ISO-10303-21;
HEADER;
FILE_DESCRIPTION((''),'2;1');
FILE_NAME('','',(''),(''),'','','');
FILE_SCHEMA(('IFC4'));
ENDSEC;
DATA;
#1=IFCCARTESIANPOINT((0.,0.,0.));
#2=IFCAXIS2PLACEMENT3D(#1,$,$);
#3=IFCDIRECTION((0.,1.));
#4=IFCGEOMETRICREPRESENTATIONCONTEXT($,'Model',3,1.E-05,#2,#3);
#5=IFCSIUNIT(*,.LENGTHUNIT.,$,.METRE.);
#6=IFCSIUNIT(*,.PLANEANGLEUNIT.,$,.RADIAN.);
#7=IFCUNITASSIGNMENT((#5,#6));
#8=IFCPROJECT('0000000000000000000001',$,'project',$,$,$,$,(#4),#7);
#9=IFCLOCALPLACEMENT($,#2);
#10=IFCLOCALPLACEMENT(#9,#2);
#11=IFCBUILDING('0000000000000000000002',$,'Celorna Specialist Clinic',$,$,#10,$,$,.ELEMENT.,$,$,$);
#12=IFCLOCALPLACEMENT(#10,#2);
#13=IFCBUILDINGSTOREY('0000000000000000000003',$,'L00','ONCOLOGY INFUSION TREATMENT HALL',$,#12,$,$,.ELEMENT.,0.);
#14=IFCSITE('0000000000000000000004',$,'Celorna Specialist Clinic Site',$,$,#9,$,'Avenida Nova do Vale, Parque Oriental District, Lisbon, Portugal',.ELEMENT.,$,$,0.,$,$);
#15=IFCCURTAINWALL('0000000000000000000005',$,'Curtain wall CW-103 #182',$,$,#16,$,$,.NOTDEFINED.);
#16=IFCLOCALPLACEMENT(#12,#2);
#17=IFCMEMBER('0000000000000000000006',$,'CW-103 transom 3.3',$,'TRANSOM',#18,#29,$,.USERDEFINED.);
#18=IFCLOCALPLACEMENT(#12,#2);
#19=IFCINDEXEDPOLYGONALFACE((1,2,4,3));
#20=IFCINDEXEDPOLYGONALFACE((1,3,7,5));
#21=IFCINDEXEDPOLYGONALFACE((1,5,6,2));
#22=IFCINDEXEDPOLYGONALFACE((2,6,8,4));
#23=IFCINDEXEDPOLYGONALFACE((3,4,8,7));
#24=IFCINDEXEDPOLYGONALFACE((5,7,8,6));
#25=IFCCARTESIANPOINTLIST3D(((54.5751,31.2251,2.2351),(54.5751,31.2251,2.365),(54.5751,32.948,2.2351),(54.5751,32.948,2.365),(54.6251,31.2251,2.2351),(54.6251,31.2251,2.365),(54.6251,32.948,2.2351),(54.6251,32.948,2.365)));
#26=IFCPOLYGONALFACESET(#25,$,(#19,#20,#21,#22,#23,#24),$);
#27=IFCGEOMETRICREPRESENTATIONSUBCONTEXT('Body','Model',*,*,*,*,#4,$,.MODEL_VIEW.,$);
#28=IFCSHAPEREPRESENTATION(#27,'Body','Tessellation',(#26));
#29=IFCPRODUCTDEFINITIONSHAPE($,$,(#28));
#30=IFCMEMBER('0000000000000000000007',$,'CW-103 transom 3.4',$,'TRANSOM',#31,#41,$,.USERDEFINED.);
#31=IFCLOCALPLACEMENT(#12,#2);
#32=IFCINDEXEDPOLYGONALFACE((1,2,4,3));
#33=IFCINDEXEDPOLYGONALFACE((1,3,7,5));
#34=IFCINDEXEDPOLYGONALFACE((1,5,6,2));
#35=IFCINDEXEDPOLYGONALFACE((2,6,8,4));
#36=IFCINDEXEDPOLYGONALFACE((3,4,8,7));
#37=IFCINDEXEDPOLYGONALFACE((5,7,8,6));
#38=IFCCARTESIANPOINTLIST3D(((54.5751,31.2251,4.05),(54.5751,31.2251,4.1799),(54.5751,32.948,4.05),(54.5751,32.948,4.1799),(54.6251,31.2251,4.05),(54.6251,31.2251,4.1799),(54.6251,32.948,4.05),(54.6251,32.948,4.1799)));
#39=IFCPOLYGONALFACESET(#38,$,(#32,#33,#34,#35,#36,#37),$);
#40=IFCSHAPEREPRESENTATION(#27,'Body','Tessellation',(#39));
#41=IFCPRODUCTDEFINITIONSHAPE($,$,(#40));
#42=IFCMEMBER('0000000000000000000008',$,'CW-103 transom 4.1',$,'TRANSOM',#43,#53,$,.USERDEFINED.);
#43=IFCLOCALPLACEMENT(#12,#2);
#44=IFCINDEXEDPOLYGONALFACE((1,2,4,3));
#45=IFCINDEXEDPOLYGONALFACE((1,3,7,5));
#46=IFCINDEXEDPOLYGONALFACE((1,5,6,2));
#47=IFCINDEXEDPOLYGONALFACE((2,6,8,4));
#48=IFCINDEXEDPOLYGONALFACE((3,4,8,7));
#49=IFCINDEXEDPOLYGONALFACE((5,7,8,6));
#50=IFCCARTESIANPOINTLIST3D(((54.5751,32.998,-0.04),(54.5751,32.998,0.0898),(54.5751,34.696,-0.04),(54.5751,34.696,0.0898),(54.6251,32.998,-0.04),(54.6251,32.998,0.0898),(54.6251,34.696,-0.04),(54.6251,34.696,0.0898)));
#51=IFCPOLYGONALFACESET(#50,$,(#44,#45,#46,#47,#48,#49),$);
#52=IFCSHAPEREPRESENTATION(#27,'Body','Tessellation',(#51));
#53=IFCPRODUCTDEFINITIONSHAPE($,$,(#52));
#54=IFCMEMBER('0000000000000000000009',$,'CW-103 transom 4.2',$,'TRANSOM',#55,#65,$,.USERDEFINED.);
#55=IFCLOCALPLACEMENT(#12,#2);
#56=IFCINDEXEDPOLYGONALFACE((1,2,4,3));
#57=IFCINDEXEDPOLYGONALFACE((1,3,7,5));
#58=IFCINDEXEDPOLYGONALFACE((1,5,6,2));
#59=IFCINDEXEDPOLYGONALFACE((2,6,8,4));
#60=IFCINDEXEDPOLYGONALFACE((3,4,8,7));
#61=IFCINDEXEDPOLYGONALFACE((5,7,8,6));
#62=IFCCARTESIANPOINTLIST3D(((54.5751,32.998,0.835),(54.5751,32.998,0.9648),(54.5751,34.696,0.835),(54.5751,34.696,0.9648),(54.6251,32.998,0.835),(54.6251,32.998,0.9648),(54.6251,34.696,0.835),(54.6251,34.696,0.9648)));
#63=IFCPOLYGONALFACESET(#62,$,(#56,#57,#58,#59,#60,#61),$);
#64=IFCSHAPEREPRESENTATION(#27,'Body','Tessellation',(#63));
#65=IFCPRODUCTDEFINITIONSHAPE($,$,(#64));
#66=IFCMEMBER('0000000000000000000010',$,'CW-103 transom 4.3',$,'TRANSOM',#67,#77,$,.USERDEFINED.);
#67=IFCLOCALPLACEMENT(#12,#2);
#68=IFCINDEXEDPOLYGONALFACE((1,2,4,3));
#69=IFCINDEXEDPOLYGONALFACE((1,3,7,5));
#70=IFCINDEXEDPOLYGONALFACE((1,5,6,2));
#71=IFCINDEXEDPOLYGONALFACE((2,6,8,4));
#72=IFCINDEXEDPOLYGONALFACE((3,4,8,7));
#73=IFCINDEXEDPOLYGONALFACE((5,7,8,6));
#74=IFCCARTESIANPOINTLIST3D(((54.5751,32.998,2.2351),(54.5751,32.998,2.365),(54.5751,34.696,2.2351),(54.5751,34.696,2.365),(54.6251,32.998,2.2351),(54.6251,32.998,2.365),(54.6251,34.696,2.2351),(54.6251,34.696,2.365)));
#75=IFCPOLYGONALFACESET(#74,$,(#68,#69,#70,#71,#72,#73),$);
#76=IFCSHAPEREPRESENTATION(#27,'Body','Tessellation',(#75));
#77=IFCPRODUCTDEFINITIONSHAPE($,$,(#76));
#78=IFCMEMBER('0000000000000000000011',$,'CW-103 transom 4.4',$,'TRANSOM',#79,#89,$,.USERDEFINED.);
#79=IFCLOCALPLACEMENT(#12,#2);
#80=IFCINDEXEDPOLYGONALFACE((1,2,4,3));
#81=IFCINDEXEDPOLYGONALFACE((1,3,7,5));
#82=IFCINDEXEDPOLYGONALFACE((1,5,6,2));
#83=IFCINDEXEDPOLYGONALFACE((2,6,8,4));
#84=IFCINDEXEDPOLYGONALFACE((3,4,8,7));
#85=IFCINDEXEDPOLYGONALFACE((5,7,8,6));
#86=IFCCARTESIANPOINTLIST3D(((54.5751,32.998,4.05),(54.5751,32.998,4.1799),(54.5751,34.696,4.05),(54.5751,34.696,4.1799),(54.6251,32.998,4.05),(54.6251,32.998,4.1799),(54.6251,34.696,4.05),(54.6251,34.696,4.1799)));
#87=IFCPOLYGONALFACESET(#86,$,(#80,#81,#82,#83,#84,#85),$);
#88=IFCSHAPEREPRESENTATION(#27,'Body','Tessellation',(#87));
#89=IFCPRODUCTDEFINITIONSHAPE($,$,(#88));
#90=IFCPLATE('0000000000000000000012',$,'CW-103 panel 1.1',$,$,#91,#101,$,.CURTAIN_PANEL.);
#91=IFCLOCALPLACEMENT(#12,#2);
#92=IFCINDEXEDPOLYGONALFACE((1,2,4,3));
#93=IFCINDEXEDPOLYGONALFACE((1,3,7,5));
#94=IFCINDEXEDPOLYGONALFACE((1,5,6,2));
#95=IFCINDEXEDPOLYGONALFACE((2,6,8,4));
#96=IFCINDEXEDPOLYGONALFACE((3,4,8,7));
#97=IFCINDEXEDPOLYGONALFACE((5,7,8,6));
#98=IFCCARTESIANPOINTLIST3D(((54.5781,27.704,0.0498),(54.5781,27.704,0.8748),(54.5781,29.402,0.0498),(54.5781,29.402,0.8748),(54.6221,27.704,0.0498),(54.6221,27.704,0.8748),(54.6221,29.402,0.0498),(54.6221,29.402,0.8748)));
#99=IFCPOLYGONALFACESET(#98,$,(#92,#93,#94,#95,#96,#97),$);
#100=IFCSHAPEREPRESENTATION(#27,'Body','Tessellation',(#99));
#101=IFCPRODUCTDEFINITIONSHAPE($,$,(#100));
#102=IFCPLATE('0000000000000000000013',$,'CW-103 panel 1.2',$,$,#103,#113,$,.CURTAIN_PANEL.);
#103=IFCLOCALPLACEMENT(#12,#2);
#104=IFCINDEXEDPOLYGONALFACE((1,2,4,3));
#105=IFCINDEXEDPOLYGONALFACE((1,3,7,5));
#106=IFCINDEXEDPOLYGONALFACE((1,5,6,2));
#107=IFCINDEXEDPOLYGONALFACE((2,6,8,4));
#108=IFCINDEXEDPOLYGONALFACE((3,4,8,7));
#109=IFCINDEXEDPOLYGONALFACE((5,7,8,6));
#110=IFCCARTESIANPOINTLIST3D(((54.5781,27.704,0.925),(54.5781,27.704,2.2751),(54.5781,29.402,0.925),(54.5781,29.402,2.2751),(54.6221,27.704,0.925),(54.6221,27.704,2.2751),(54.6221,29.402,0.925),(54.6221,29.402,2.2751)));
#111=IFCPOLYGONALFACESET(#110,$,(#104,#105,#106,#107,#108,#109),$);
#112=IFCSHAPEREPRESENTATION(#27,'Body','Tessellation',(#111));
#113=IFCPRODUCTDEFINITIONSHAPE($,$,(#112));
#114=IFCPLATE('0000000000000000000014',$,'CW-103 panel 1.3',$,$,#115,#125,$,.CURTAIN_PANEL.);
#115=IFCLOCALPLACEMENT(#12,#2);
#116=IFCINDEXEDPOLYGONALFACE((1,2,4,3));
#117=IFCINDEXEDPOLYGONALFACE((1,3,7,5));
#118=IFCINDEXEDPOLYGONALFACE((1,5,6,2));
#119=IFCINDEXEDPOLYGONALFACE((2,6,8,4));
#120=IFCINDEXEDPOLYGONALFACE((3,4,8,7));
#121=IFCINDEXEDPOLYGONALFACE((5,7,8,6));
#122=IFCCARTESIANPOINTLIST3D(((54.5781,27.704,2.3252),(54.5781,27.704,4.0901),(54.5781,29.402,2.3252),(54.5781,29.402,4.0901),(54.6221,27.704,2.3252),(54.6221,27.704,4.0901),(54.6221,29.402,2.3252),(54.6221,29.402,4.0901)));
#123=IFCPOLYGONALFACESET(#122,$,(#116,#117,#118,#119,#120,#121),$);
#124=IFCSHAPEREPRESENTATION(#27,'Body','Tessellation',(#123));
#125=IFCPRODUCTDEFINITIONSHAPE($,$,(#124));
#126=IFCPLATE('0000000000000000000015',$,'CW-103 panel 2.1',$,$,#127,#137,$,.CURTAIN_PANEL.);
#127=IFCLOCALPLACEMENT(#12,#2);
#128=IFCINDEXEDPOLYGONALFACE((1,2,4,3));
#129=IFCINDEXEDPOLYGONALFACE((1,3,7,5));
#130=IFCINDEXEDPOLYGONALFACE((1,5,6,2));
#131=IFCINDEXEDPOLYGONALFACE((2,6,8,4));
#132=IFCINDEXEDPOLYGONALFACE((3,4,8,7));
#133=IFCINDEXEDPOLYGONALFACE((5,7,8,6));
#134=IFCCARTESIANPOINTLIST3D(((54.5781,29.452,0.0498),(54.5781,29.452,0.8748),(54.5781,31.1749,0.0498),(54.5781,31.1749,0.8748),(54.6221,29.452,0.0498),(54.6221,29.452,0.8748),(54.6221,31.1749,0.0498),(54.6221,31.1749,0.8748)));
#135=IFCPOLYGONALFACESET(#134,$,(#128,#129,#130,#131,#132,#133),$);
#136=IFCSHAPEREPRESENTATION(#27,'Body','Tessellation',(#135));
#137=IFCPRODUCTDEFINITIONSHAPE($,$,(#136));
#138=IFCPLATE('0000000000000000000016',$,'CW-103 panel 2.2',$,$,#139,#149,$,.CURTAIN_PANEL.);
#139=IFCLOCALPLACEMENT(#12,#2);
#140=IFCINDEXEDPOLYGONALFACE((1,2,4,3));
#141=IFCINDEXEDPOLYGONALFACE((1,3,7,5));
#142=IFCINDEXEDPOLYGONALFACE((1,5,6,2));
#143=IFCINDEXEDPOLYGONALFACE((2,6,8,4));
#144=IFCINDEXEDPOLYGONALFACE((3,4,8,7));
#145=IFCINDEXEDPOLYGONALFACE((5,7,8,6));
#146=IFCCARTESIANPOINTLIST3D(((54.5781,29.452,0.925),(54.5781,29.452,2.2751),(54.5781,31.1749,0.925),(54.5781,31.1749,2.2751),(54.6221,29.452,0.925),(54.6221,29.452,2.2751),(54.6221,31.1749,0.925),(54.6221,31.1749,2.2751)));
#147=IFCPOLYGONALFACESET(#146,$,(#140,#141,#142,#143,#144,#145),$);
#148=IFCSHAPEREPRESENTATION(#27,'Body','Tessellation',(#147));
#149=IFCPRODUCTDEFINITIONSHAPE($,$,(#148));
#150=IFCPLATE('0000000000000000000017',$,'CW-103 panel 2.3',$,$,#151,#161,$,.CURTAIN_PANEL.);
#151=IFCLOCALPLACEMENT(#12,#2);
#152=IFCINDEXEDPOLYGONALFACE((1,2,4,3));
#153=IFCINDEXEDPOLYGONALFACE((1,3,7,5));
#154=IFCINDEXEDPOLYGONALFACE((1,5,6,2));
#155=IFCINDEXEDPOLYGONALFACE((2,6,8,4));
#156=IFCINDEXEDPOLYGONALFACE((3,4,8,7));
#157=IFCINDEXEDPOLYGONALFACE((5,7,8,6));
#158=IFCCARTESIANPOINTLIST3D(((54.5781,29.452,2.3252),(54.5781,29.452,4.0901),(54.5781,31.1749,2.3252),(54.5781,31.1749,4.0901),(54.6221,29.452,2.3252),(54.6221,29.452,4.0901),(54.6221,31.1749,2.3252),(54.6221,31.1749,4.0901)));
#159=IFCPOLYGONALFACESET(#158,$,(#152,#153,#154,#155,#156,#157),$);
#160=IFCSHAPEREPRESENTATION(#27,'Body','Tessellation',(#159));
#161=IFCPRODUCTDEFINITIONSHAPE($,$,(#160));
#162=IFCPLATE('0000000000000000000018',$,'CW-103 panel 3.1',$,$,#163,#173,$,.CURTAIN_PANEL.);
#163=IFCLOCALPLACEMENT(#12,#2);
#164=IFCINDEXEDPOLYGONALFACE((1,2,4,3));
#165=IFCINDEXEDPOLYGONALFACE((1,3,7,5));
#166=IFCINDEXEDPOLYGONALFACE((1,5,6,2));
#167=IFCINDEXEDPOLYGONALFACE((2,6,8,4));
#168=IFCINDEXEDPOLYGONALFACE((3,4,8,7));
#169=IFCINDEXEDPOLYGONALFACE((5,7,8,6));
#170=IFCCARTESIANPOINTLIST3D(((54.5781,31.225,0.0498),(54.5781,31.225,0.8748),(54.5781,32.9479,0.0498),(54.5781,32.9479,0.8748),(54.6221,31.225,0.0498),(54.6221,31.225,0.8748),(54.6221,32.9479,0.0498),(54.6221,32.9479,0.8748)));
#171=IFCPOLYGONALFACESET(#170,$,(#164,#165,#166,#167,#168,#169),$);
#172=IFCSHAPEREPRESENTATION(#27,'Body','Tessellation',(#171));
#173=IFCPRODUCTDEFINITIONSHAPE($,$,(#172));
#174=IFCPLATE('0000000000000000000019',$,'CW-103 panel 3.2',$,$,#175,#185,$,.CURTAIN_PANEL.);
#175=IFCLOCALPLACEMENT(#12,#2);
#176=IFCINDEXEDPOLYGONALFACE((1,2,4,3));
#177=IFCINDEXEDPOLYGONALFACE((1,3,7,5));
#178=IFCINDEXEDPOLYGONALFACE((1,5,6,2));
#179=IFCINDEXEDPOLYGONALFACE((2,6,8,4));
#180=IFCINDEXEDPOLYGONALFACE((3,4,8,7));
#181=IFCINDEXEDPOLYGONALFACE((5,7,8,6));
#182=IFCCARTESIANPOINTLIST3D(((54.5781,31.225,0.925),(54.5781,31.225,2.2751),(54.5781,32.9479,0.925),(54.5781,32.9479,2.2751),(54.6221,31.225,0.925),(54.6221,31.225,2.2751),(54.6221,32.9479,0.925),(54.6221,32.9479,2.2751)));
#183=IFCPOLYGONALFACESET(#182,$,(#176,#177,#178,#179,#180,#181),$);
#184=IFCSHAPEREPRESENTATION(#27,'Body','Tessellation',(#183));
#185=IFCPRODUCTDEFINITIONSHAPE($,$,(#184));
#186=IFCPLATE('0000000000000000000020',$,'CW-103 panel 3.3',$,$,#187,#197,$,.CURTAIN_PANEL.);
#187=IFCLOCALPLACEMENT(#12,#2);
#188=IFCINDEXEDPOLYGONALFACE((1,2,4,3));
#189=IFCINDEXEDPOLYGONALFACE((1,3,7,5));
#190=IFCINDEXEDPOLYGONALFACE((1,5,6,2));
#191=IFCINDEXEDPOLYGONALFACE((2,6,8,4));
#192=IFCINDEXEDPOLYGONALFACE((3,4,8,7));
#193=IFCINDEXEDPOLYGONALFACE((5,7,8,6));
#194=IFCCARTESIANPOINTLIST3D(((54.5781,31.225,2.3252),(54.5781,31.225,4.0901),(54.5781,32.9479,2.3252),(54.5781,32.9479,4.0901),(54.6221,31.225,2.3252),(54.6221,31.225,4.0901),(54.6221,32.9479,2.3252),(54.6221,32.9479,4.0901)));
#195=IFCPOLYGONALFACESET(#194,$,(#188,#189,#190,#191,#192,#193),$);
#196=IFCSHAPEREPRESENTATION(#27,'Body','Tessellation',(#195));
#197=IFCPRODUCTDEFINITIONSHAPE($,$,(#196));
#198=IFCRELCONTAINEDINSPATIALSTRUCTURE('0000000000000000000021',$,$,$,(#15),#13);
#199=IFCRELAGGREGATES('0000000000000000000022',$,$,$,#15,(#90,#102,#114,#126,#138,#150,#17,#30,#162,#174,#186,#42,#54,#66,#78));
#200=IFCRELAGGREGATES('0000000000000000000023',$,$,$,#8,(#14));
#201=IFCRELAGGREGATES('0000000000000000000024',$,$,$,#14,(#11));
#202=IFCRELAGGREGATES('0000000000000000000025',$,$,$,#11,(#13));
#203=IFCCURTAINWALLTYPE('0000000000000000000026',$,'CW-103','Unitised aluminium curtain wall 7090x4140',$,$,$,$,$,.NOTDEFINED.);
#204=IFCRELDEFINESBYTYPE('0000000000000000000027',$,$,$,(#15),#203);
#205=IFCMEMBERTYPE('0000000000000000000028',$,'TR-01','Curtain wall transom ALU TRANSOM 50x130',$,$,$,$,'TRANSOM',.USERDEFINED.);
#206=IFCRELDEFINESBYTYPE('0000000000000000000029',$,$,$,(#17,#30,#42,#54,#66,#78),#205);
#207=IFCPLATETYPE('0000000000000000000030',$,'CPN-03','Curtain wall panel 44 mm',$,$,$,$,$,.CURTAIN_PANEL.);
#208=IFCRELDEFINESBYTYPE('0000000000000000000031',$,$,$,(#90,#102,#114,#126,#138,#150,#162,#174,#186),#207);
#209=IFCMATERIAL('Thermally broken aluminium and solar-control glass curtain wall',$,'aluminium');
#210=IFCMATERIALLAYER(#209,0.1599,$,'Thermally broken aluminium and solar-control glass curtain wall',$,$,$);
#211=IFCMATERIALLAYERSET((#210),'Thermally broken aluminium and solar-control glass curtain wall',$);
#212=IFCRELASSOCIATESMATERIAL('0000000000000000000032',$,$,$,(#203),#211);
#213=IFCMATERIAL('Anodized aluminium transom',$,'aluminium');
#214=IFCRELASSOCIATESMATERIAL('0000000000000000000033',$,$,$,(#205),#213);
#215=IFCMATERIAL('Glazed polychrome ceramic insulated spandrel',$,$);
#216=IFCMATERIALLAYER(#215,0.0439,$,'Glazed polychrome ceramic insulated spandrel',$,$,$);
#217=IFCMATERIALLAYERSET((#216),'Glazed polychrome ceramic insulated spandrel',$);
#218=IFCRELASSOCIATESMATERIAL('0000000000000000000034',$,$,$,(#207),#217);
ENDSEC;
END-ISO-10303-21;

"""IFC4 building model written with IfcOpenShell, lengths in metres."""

from ifc_helpers import new_model, si_unit, direction, frame, origin, origin_2d, place, context, subcontext, project, spatial, rectangle, extrude, material, layer, layer_set, material_profile, profile_set, type_object, element, aggregate, save


model = new_model("IFC4")

# Units and contexts
model_context = context("Model", 3, precision=1e-05, world=origin(), true_north=direction((0.0, 1.0)))
body_context = subcontext(model_context, "Body", "Model", "MODEL_VIEW")
ifc_project = project(units=[si_unit("LENGTHUNIT", "METRE"), si_unit("PLANEANGLEUNIT", "RADIAN")], contexts=[model_context])

# Site, building, storey
site_placement = place(None, origin())
site = spatial("IfcSite", under=ifc_project, at=site_placement, Name="Celorna Specialist Clinic Site", LongName="Avenida Nova do Vale, Parque Oriental District, Lisbon, Portugal", CompositionType="ELEMENT", RefElevation=0.0)
building_placement = place(site_placement, origin())
building = spatial("IfcBuilding", under=site, at=building_placement, Name="Celorna Specialist Clinic", CompositionType="ELEMENT")
storey_placement = place(building_placement, origin())
storey = spatial("IfcBuildingStorey", under=building, at=storey_placement, Name="L00", Description="ONCOLOGY INFUSION TREATMENT HALL", CompositionType="ELEMENT", Elevation=0.0)

# Curtain wall, members, plates
ifc_material_1 = material(Name="Thermally broken aluminium and solar-control glass curtain wall", Category="aluminium")
ifc_layer_1 = layer(ifc_material_1, 0.1599, Name="Thermally broken aluminium and solar-control glass curtain wall")
ifc_layer_set_1 = layer_set([ifc_layer_1], Name="Thermally broken aluminium and solar-control glass curtain wall")
curtain_wall_type = type_object("IfcCurtainWallType", Name="CW-103", Description="Unitised aluminium curtain wall 7090x4140", PredefinedType="NOTDEFINED", material=ifc_layer_set_1)
curtain_wall_placement = place(storey_placement, origin())
curtain_wall = element("IfcCurtainWall", 1, at=curtain_wall_placement, inside=storey, type_object=curtain_wall_type, Name="Curtain wall CW-103 #182", PredefinedType="NOTDEFINED")
ifc_material_2 = material(Name="Anodized aluminium transom", Category="aluminium")
ifc_material_profile_1 = material_profile(ifc_material_2, rectangle(XDim=0.05, YDim=0.1299, at=origin_2d()), Name="ALU TRANSOM 50x130")
ifc_profile_set_1 = profile_set([ifc_material_profile_1], Name="Anodized aluminium transom")
member_type_1 = type_object("IfcMemberType", Name="TR-01", Description="Curtain wall transom ALU TRANSOM 50x130", ElementType="TRANSOM", PredefinedType="USERDEFINED", material=ifc_profile_set_1)
member_1_placement = place(storey_placement, frame((54.6001, 31.2251, 2.3), z_axis=(0.0, 1.0, 0.0), x_axis=(-1.0, 0.0, 0.0)))
member_1 = element("IfcMember", 2, at=member_1_placement, type_object=member_type_1, Name="CW-103 transom 3.3", ObjectType="TRANSOM", PredefinedType="USERDEFINED", context=body_context, shape_type="SweptSolid", body=[
    extrude(rectangle(XDim=0.05, YDim=0.1299, at=origin_2d()), origin(), (0.0, 0.0, 1.0), 1.7229),
])
member_2_placement = place(storey_placement, frame((54.6001, 31.2251, 4.115), z_axis=(0.0, 1.0, 0.0), x_axis=(-1.0, 0.0, 0.0)))
member_2 = element("IfcMember", 3, at=member_2_placement, type_object=member_type_1, Name="CW-103 transom 3.4", ObjectType="TRANSOM", PredefinedType="USERDEFINED", context=body_context, shape_type="SweptSolid", body=[
    extrude(rectangle(XDim=0.05, YDim=0.1299, at=origin_2d()), origin(), (0.0, 0.0, 1.0), 1.7229),
])
member_3_placement = place(storey_placement, frame((54.6001, 32.998, 0.0249), z_axis=(0.0, 1.0, 0.0), x_axis=(-1.0, 0.0, 0.0)))
member_3 = element("IfcMember", 4, at=member_3_placement, type_object=member_type_1, Name="CW-103 transom 4.1", ObjectType="TRANSOM", PredefinedType="USERDEFINED", context=body_context, shape_type="SweptSolid", body=[
    extrude(rectangle(XDim=0.05, YDim=0.1299, at=origin_2d()), origin(), (0.0, 0.0, 1.0), 1.698),
])
member_4_placement = place(storey_placement, frame((54.6001, 32.998, 0.8999), z_axis=(0.0, 1.0, 0.0), x_axis=(-1.0, 0.0, 0.0)))
member_4 = element("IfcMember", 5, at=member_4_placement, type_object=member_type_1, Name="CW-103 transom 4.2", ObjectType="TRANSOM", PredefinedType="USERDEFINED", context=body_context, shape_type="SweptSolid", body=[
    extrude(rectangle(XDim=0.05, YDim=0.1299, at=origin_2d()), origin(), (0.0, 0.0, 1.0), 1.698),
])
member_5_placement = place(storey_placement, frame((54.6001, 32.998, 2.3), z_axis=(0.0, 1.0, 0.0), x_axis=(-1.0, 0.0, 0.0)))
member_5 = element("IfcMember", 6, at=member_5_placement, type_object=member_type_1, Name="CW-103 transom 4.3", ObjectType="TRANSOM", PredefinedType="USERDEFINED", context=body_context, shape_type="SweptSolid", body=[
    extrude(rectangle(XDim=0.05, YDim=0.1299, at=origin_2d()), origin(), (0.0, 0.0, 1.0), 1.698),
])
member_6_placement = place(storey_placement, frame((54.6001, 32.998, 4.115), z_axis=(0.0, 1.0, 0.0), x_axis=(-1.0, 0.0, 0.0)))
member_6 = element("IfcMember", 7, at=member_6_placement, type_object=member_type_1, Name="CW-103 transom 4.4", ObjectType="TRANSOM", PredefinedType="USERDEFINED", context=body_context, shape_type="SweptSolid", body=[
    extrude(rectangle(XDim=0.05, YDim=0.1299, at=origin_2d()), origin(), (0.0, 0.0, 1.0), 1.698),
])
ifc_material_3 = material(Name="Glazed polychrome ceramic insulated spandrel")
ifc_layer_2 = layer(ifc_material_3, 0.0439, Name="Glazed polychrome ceramic insulated spandrel")
ifc_layer_set_2 = layer_set([ifc_layer_2], Name="Glazed polychrome ceramic insulated spandrel")
plate_type = type_object("IfcPlateType", Name="CPN-03", Description="Curtain wall panel 44 mm", PredefinedType="CURTAIN_PANEL", material=ifc_layer_set_2)
plate_1_placement = place(storey_placement, frame((54.6001, 28.553, 0.0498), z_axis=(0.0, 0.0, 1.0), x_axis=(0.0, 1.0, 0.0)))
plate_1 = element("IfcPlate", 8, at=plate_1_placement, type_object=plate_type, Name="CW-103 panel 1.1", PredefinedType="CURTAIN_PANEL", context=body_context, shape_type="SweptSolid", body=[
    extrude(rectangle(XDim=1.698, YDim=0.0439, at=origin_2d()), origin(), (0.0, 0.0, 1.0), 0.825),
])
plate_2_placement = place(storey_placement, frame((54.6001, 28.553, 0.925), z_axis=(0.0, 0.0, 1.0), x_axis=(0.0, 1.0, 0.0)))
plate_2 = element("IfcPlate", 9, at=plate_2_placement, type_object=plate_type, Name="CW-103 panel 1.2", PredefinedType="CURTAIN_PANEL", context=body_context, shape_type="SweptSolid", body=[
    extrude(rectangle(XDim=1.698, YDim=0.0439, at=origin_2d()), origin(), (0.0, 0.0, 1.0), 1.3501),
])
plate_3_placement = place(storey_placement, frame((54.6001, 28.553, 2.3252), z_axis=(0.0, 0.0, 1.0), x_axis=(0.0, 1.0, 0.0)))
plate_3 = element("IfcPlate", 10, at=plate_3_placement, type_object=plate_type, Name="CW-103 panel 1.3", PredefinedType="CURTAIN_PANEL", context=body_context, shape_type="SweptSolid", body=[
    extrude(rectangle(XDim=1.698, YDim=0.0439, at=origin_2d()), origin(), (0.0, 0.0, 1.0), 1.7649),
])
plate_4_placement = place(storey_placement, frame((54.6001, 30.3135, 0.0498), z_axis=(0.0, 0.0, 1.0), x_axis=(0.0, 1.0, 0.0)))
plate_4 = element("IfcPlate", 11, at=plate_4_placement, type_object=plate_type, Name="CW-103 panel 2.1", PredefinedType="CURTAIN_PANEL", context=body_context, shape_type="SweptSolid", body=[
    extrude(rectangle(XDim=1.7229, YDim=0.0439, at=origin_2d()), origin(), (0.0, 0.0, 1.0), 0.825),
])
plate_5_placement = place(storey_placement, frame((54.6001, 30.3135, 0.925), z_axis=(0.0, 0.0, 1.0), x_axis=(0.0, 1.0, 0.0)))
plate_5 = element("IfcPlate", 12, at=plate_5_placement, type_object=plate_type, Name="CW-103 panel 2.2", PredefinedType="CURTAIN_PANEL", context=body_context, shape_type="SweptSolid", body=[
    extrude(rectangle(XDim=1.7229, YDim=0.0439, at=origin_2d()), origin(), (0.0, 0.0, 1.0), 1.3501),
])
plate_6_placement = place(storey_placement, frame((54.6001, 30.3135, 2.3252), z_axis=(0.0, 0.0, 1.0), x_axis=(0.0, 1.0, 0.0)))
plate_6 = element("IfcPlate", 13, at=plate_6_placement, type_object=plate_type, Name="CW-103 panel 2.3", PredefinedType="CURTAIN_PANEL", context=body_context, shape_type="SweptSolid", body=[
    extrude(rectangle(XDim=1.7229, YDim=0.0439, at=origin_2d()), origin(), (0.0, 0.0, 1.0), 1.7649),
])
plate_7_placement = place(storey_placement, frame((54.6001, 32.0864, 0.0498), z_axis=(0.0, 0.0, 1.0), x_axis=(0.0, 1.0, 0.0)))
plate_7 = element("IfcPlate", 14, at=plate_7_placement, type_object=plate_type, Name="CW-103 panel 3.1", PredefinedType="CURTAIN_PANEL", context=body_context, shape_type="SweptSolid", body=[
    extrude(rectangle(XDim=1.7229, YDim=0.0439, at=origin_2d()), origin(), (0.0, 0.0, 1.0), 0.825),
])
plate_8_placement = place(storey_placement, frame((54.6001, 32.0864, 0.925), z_axis=(0.0, 0.0, 1.0), x_axis=(0.0, 1.0, 0.0)))
plate_8 = element("IfcPlate", 15, at=plate_8_placement, type_object=plate_type, Name="CW-103 panel 3.2", PredefinedType="CURTAIN_PANEL", context=body_context, shape_type="SweptSolid", body=[
    extrude(rectangle(XDim=1.7229, YDim=0.0439, at=origin_2d()), origin(), (0.0, 0.0, 1.0), 1.3501),
])
plate_9_placement = place(storey_placement, frame((54.6001, 32.0864, 2.3252), z_axis=(0.0, 0.0, 1.0), x_axis=(0.0, 1.0, 0.0)))
plate_9 = element("IfcPlate", 16, at=plate_9_placement, type_object=plate_type, Name="CW-103 panel 3.3", PredefinedType="CURTAIN_PANEL", context=body_context, shape_type="SweptSolid", body=[
    extrude(rectangle(XDim=1.7229, YDim=0.0439, at=origin_2d()), origin(), (0.0, 0.0, 1.0), 1.7649),
])
aggregate(curtain_wall, [plate_1, plate_2, plate_3, plate_4, plate_5, plate_6, member_1, member_2, plate_7, plate_8, plate_9, member_3, member_4, member_5, member_6])

save(model, "model.ifc")
